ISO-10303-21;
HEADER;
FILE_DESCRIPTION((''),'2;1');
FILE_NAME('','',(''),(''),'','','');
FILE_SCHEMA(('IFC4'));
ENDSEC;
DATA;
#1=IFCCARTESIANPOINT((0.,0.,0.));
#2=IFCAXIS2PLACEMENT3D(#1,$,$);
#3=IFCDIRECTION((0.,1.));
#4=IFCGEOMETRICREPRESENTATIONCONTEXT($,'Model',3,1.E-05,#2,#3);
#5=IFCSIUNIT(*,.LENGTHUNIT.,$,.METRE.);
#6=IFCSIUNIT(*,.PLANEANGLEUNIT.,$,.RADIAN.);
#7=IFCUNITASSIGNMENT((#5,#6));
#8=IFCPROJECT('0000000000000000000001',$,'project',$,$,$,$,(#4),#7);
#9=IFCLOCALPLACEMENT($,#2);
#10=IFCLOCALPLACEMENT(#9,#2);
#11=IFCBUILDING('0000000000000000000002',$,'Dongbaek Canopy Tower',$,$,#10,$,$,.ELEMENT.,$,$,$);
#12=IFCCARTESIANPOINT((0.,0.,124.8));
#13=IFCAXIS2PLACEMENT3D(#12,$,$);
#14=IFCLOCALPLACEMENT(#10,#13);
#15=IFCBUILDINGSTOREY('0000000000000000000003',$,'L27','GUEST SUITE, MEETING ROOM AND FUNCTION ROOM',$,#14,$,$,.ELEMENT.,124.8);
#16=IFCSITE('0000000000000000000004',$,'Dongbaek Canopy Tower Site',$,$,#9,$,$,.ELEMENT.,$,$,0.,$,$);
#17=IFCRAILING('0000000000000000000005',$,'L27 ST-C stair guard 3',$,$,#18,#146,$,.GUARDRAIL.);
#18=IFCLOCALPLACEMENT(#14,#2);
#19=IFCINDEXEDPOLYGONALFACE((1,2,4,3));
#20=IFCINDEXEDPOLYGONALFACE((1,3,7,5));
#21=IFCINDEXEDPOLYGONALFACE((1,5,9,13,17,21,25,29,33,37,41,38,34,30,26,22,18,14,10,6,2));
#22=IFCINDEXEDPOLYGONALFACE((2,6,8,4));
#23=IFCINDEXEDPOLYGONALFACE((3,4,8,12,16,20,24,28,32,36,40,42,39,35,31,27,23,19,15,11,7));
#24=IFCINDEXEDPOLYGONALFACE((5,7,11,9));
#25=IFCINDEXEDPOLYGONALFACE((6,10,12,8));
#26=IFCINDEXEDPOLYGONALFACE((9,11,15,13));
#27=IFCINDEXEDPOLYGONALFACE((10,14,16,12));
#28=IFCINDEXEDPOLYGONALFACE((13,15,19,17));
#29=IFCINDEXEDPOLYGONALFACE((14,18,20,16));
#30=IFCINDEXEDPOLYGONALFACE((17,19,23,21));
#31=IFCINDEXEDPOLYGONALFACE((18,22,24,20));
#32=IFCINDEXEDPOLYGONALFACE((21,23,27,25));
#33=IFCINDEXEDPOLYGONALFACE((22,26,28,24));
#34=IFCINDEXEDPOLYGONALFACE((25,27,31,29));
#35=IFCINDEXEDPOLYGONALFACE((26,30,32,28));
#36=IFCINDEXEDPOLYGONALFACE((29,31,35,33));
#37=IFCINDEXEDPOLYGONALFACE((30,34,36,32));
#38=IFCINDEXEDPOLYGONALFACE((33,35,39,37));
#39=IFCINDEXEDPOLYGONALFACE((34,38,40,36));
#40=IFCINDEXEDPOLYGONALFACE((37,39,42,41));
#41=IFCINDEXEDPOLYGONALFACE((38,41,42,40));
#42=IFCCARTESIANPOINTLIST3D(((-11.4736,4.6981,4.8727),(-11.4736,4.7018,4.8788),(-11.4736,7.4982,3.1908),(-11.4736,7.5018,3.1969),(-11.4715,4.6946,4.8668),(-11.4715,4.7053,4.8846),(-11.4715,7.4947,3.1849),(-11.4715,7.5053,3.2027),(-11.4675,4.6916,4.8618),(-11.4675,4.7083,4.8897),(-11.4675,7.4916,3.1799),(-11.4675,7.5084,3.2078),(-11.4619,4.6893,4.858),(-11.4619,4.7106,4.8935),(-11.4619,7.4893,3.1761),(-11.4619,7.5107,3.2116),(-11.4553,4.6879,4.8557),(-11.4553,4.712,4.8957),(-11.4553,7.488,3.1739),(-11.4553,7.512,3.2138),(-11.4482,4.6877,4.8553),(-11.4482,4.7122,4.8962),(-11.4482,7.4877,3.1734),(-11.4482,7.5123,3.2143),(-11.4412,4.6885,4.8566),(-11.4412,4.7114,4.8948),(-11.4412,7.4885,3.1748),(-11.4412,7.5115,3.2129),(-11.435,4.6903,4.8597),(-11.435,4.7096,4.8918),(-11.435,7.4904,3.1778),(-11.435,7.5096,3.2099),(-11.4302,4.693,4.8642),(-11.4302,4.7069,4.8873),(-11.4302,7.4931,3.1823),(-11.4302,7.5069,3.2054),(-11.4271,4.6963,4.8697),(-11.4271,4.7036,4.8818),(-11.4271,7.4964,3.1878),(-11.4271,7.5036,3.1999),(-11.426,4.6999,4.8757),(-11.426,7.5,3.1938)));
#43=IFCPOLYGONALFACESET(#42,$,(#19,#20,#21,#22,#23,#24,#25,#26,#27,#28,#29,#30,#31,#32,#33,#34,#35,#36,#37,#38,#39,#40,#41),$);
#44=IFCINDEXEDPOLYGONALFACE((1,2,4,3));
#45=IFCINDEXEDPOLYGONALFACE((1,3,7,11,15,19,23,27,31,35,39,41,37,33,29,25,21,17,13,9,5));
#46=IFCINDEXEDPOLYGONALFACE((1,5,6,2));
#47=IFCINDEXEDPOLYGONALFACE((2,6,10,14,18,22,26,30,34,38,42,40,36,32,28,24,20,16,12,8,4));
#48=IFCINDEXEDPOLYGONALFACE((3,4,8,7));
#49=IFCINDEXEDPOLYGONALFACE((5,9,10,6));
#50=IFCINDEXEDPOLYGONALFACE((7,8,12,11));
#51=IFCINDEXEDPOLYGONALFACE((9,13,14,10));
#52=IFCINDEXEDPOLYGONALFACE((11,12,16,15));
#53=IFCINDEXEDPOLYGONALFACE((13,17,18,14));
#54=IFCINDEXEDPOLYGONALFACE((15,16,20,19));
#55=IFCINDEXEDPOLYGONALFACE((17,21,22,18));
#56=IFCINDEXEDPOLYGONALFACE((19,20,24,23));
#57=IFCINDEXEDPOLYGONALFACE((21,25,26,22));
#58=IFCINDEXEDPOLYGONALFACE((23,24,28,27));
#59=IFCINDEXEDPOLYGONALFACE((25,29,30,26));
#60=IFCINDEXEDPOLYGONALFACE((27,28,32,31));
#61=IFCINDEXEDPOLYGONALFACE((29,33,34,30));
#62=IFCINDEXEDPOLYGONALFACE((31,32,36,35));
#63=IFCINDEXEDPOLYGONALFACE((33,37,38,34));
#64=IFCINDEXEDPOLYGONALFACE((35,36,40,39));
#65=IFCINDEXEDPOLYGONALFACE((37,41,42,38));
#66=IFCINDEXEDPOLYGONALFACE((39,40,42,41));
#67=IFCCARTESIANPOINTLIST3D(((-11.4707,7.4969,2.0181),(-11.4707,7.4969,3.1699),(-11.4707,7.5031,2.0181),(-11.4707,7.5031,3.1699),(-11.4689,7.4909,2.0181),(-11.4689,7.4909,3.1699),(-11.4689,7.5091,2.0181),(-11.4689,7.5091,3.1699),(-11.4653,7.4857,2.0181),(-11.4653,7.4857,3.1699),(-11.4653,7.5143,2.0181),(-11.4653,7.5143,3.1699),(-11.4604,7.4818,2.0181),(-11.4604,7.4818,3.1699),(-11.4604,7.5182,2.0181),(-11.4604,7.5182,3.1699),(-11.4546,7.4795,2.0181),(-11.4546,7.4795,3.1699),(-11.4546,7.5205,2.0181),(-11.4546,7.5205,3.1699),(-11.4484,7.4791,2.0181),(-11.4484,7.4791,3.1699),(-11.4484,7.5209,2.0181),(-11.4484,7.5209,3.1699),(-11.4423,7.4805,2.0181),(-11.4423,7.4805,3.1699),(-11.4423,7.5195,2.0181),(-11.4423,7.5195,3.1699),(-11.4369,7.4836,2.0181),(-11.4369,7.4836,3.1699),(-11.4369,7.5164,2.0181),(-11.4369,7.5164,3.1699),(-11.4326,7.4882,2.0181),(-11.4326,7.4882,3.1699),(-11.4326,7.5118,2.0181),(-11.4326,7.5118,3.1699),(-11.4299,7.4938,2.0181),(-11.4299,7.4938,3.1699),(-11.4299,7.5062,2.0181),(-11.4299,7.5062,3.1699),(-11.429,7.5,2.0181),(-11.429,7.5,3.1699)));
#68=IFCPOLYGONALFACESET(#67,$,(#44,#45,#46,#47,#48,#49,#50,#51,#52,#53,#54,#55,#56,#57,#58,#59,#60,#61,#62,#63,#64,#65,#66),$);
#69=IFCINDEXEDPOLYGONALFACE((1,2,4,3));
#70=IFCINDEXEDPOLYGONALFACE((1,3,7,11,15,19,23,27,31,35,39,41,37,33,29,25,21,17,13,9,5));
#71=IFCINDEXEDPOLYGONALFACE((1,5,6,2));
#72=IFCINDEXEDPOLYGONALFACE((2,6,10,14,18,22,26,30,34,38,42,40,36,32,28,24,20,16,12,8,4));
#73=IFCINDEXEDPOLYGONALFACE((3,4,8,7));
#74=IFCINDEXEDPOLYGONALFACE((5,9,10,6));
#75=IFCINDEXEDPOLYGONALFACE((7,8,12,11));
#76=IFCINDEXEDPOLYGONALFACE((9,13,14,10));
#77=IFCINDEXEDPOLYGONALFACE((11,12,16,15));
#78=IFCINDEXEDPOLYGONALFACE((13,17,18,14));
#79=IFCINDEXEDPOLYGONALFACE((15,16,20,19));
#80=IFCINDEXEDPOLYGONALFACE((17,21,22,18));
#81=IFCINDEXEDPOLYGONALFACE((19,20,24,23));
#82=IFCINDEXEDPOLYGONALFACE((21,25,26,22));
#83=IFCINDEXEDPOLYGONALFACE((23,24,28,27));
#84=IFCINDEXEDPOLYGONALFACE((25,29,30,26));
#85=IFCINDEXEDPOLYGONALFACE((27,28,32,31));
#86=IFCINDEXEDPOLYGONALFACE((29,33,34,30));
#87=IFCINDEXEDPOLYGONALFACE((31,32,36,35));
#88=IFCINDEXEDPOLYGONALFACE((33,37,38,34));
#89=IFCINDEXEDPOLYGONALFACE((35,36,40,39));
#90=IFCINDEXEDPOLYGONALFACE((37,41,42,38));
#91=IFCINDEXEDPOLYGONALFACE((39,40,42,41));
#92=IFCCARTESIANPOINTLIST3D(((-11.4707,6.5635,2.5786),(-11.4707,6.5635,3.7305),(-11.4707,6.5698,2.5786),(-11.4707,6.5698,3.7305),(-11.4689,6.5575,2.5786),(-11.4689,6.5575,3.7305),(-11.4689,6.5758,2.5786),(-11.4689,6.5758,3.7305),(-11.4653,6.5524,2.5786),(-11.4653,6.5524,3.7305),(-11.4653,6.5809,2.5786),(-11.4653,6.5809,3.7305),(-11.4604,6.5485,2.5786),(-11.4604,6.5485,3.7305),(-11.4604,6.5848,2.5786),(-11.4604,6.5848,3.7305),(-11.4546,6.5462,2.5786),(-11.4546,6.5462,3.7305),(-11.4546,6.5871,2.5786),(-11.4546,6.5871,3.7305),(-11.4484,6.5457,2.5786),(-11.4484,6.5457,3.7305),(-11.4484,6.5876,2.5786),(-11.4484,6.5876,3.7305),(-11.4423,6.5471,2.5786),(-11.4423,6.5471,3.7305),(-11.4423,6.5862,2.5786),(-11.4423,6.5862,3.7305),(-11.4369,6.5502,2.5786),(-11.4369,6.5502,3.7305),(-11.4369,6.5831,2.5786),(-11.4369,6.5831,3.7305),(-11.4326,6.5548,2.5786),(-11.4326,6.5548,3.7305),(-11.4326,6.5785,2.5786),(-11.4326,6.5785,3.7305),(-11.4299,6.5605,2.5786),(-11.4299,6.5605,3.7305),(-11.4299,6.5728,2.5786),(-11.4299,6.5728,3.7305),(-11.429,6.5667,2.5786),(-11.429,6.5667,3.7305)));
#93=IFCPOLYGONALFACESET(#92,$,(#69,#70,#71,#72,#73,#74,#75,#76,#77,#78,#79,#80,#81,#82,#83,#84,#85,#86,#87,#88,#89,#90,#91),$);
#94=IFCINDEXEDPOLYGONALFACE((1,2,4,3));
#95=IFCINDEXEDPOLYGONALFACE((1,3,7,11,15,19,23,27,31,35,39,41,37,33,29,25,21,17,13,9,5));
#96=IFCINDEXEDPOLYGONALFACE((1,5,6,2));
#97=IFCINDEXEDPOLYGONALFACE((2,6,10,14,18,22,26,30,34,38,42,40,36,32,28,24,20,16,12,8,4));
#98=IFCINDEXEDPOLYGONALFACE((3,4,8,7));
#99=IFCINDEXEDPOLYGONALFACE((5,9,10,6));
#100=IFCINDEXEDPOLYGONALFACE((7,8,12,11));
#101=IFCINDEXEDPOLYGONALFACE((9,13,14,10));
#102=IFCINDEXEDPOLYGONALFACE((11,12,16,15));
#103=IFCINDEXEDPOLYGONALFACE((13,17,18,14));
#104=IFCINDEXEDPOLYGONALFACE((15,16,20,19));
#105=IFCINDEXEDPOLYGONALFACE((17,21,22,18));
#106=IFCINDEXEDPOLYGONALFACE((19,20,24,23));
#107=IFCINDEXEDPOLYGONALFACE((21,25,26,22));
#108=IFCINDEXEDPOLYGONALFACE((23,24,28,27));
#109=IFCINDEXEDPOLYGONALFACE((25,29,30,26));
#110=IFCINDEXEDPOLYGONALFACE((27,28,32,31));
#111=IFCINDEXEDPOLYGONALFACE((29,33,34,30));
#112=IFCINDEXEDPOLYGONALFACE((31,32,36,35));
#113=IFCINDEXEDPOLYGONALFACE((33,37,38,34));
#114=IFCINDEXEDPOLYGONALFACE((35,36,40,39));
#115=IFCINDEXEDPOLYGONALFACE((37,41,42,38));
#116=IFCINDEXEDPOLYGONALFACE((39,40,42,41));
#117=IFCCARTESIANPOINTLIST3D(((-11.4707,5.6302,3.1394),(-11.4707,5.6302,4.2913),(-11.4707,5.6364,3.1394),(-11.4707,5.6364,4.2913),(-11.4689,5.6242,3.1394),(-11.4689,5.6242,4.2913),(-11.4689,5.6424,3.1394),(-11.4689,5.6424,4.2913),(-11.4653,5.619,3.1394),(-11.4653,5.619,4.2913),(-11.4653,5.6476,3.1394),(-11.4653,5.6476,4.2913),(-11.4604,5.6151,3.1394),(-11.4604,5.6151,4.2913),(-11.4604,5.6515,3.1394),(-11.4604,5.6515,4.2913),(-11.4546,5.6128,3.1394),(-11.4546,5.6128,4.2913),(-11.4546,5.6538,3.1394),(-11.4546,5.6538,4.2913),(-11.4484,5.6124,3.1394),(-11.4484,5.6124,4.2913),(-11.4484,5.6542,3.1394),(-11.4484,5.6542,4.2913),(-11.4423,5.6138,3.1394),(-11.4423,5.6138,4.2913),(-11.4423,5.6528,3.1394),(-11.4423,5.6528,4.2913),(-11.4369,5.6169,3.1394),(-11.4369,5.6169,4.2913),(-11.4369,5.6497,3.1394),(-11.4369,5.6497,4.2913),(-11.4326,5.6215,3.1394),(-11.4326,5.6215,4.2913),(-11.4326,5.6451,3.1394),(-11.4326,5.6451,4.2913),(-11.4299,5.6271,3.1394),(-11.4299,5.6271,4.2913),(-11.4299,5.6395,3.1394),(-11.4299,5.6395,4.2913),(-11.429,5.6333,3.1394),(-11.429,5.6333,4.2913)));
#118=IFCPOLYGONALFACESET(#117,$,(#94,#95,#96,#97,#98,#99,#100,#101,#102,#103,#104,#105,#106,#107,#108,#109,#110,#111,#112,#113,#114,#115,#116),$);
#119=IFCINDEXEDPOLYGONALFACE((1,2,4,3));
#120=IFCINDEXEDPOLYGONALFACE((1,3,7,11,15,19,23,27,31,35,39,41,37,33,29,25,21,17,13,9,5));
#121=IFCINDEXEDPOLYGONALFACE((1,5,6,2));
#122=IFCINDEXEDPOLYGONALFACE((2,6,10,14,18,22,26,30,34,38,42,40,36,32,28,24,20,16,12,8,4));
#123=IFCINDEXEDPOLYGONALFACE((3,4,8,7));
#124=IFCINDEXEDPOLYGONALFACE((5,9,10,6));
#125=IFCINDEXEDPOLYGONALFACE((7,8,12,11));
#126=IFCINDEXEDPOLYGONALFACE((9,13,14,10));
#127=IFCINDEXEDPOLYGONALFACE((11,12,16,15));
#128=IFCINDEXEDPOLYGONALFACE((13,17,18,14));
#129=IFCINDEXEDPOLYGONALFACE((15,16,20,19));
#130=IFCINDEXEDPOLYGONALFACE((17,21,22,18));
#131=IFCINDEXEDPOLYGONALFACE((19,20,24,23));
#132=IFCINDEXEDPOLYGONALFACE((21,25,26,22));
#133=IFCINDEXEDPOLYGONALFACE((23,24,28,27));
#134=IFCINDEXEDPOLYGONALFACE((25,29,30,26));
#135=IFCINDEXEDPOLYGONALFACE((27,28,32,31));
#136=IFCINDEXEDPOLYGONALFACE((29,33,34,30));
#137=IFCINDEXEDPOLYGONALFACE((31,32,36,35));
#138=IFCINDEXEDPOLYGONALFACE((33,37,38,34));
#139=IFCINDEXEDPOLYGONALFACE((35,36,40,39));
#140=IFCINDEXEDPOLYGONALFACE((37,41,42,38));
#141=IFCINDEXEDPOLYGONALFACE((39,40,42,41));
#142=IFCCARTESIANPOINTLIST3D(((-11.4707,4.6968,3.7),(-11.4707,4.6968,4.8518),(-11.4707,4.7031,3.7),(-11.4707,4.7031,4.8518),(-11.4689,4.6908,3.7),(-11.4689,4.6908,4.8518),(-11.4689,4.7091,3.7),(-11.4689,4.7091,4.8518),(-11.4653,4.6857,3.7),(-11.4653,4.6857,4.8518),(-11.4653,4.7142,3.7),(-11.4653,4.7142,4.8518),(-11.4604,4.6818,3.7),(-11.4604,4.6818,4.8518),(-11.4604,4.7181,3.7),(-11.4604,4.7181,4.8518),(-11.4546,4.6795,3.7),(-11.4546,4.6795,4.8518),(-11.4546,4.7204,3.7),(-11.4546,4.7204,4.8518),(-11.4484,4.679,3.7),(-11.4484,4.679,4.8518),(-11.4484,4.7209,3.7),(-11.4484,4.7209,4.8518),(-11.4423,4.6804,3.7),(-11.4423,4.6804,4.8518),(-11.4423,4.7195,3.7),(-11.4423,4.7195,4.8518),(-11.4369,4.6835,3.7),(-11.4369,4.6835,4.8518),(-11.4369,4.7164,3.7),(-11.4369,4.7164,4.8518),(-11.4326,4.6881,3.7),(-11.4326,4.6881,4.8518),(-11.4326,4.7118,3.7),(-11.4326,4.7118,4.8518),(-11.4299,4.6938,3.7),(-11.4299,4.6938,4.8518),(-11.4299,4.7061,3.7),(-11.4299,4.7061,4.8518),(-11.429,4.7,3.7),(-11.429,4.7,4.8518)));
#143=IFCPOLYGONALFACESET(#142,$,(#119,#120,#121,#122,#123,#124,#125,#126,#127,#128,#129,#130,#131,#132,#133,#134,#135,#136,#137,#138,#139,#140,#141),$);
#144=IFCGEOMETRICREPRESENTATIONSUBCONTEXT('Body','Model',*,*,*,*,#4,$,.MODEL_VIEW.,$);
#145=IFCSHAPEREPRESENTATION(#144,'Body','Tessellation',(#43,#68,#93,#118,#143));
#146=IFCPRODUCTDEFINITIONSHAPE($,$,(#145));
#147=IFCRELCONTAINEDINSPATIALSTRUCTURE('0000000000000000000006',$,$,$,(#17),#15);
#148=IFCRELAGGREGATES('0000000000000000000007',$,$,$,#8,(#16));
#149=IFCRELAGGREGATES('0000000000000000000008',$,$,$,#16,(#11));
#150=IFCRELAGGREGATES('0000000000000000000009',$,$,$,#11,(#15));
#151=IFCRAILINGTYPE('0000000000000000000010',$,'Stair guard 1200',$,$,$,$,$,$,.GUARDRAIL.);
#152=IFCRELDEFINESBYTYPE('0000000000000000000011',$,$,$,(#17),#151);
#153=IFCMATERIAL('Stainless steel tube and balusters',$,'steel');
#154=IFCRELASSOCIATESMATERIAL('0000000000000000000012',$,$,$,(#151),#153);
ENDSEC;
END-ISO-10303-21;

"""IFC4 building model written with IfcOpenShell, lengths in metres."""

from ifc_helpers import new_model, si_unit, direction, frame, origin, origin_2d, place, context, subcontext, project, spatial, circle, extrude, material, type_object, element, save


model = new_model("IFC4")

# Units and contexts
model_context = context("Model", 3, precision=1e-05, world=origin(), true_north=direction((0.0, 1.0)))
body_context = subcontext(model_context, "Body", "Model", "MODEL_VIEW")
ifc_project = project(units=[si_unit("LENGTHUNIT", "METRE"), si_unit("PLANEANGLEUNIT", "RADIAN")], contexts=[model_context])

# Site, building, storey
site_placement = place(None, origin())
site = spatial("IfcSite", under=ifc_project, at=site_placement, Name="Dongbaek Canopy Tower Site", CompositionType="ELEMENT", RefElevation=0.0)
building_placement = place(site_placement, origin())
building = spatial("IfcBuilding", under=site, at=building_placement, Name="Dongbaek Canopy Tower", CompositionType="ELEMENT")
storey_placement = place(building_placement, frame((0.0, 0.0, 124.8)))
storey = spatial("IfcBuildingStorey", under=building, at=storey_placement, Name="L27", Description="GUEST SUITE, MEETING ROOM AND FUNCTION ROOM", CompositionType="ELEMENT", Elevation=124.8)

# Railing
ifc_material_1 = material(Name="Stainless steel tube and balusters", Category="steel")
railing_type = type_object("IfcRailingType", Name="Stair guard 1200", PredefinedType="GUARDRAIL", material=ifc_material_1)
railing_1_placement = place(storey_placement, frame((-11.45, 7.5, 2.0181)))
element("IfcRailing", 1, at=railing_1_placement, inside=storey, type_object=railing_type, Name="L27 ST-C stair guard 3", PredefinedType="GUARDRAIL", context=body_context, shape_type="SweptSolid", body=[
    extrude(circle(Radius=0.0239, at=origin_2d()), frame((0.0, 0.0, 1.1758), z_axis=(0.0, -0.857242, 0.514913), x_axis=(1.0, 0.0, 0.0)), (0.0, 0.0, 1.0), 3.2664),
    extrude(circle(Radius=0.021, at=origin_2d()), origin(), (0.0, 0.0, 1.0), 1.1519),
    extrude(circle(Radius=0.021, at=origin_2d()), frame((0.0, -0.9333, 0.5605)), (0.0, 0.0, 1.0), 1.1519),
    extrude(circle(Radius=0.021, at=origin_2d()), frame((0.0, -1.8667, 1.1213)), (0.0, 0.0, 1.0), 1.1519),
    extrude(circle(Radius=0.021, at=origin_2d()), frame((0.0, -2.8, 1.6819)), (0.0, 0.0, 1.0), 1.1519),
])

save(model, "model.ifc")
